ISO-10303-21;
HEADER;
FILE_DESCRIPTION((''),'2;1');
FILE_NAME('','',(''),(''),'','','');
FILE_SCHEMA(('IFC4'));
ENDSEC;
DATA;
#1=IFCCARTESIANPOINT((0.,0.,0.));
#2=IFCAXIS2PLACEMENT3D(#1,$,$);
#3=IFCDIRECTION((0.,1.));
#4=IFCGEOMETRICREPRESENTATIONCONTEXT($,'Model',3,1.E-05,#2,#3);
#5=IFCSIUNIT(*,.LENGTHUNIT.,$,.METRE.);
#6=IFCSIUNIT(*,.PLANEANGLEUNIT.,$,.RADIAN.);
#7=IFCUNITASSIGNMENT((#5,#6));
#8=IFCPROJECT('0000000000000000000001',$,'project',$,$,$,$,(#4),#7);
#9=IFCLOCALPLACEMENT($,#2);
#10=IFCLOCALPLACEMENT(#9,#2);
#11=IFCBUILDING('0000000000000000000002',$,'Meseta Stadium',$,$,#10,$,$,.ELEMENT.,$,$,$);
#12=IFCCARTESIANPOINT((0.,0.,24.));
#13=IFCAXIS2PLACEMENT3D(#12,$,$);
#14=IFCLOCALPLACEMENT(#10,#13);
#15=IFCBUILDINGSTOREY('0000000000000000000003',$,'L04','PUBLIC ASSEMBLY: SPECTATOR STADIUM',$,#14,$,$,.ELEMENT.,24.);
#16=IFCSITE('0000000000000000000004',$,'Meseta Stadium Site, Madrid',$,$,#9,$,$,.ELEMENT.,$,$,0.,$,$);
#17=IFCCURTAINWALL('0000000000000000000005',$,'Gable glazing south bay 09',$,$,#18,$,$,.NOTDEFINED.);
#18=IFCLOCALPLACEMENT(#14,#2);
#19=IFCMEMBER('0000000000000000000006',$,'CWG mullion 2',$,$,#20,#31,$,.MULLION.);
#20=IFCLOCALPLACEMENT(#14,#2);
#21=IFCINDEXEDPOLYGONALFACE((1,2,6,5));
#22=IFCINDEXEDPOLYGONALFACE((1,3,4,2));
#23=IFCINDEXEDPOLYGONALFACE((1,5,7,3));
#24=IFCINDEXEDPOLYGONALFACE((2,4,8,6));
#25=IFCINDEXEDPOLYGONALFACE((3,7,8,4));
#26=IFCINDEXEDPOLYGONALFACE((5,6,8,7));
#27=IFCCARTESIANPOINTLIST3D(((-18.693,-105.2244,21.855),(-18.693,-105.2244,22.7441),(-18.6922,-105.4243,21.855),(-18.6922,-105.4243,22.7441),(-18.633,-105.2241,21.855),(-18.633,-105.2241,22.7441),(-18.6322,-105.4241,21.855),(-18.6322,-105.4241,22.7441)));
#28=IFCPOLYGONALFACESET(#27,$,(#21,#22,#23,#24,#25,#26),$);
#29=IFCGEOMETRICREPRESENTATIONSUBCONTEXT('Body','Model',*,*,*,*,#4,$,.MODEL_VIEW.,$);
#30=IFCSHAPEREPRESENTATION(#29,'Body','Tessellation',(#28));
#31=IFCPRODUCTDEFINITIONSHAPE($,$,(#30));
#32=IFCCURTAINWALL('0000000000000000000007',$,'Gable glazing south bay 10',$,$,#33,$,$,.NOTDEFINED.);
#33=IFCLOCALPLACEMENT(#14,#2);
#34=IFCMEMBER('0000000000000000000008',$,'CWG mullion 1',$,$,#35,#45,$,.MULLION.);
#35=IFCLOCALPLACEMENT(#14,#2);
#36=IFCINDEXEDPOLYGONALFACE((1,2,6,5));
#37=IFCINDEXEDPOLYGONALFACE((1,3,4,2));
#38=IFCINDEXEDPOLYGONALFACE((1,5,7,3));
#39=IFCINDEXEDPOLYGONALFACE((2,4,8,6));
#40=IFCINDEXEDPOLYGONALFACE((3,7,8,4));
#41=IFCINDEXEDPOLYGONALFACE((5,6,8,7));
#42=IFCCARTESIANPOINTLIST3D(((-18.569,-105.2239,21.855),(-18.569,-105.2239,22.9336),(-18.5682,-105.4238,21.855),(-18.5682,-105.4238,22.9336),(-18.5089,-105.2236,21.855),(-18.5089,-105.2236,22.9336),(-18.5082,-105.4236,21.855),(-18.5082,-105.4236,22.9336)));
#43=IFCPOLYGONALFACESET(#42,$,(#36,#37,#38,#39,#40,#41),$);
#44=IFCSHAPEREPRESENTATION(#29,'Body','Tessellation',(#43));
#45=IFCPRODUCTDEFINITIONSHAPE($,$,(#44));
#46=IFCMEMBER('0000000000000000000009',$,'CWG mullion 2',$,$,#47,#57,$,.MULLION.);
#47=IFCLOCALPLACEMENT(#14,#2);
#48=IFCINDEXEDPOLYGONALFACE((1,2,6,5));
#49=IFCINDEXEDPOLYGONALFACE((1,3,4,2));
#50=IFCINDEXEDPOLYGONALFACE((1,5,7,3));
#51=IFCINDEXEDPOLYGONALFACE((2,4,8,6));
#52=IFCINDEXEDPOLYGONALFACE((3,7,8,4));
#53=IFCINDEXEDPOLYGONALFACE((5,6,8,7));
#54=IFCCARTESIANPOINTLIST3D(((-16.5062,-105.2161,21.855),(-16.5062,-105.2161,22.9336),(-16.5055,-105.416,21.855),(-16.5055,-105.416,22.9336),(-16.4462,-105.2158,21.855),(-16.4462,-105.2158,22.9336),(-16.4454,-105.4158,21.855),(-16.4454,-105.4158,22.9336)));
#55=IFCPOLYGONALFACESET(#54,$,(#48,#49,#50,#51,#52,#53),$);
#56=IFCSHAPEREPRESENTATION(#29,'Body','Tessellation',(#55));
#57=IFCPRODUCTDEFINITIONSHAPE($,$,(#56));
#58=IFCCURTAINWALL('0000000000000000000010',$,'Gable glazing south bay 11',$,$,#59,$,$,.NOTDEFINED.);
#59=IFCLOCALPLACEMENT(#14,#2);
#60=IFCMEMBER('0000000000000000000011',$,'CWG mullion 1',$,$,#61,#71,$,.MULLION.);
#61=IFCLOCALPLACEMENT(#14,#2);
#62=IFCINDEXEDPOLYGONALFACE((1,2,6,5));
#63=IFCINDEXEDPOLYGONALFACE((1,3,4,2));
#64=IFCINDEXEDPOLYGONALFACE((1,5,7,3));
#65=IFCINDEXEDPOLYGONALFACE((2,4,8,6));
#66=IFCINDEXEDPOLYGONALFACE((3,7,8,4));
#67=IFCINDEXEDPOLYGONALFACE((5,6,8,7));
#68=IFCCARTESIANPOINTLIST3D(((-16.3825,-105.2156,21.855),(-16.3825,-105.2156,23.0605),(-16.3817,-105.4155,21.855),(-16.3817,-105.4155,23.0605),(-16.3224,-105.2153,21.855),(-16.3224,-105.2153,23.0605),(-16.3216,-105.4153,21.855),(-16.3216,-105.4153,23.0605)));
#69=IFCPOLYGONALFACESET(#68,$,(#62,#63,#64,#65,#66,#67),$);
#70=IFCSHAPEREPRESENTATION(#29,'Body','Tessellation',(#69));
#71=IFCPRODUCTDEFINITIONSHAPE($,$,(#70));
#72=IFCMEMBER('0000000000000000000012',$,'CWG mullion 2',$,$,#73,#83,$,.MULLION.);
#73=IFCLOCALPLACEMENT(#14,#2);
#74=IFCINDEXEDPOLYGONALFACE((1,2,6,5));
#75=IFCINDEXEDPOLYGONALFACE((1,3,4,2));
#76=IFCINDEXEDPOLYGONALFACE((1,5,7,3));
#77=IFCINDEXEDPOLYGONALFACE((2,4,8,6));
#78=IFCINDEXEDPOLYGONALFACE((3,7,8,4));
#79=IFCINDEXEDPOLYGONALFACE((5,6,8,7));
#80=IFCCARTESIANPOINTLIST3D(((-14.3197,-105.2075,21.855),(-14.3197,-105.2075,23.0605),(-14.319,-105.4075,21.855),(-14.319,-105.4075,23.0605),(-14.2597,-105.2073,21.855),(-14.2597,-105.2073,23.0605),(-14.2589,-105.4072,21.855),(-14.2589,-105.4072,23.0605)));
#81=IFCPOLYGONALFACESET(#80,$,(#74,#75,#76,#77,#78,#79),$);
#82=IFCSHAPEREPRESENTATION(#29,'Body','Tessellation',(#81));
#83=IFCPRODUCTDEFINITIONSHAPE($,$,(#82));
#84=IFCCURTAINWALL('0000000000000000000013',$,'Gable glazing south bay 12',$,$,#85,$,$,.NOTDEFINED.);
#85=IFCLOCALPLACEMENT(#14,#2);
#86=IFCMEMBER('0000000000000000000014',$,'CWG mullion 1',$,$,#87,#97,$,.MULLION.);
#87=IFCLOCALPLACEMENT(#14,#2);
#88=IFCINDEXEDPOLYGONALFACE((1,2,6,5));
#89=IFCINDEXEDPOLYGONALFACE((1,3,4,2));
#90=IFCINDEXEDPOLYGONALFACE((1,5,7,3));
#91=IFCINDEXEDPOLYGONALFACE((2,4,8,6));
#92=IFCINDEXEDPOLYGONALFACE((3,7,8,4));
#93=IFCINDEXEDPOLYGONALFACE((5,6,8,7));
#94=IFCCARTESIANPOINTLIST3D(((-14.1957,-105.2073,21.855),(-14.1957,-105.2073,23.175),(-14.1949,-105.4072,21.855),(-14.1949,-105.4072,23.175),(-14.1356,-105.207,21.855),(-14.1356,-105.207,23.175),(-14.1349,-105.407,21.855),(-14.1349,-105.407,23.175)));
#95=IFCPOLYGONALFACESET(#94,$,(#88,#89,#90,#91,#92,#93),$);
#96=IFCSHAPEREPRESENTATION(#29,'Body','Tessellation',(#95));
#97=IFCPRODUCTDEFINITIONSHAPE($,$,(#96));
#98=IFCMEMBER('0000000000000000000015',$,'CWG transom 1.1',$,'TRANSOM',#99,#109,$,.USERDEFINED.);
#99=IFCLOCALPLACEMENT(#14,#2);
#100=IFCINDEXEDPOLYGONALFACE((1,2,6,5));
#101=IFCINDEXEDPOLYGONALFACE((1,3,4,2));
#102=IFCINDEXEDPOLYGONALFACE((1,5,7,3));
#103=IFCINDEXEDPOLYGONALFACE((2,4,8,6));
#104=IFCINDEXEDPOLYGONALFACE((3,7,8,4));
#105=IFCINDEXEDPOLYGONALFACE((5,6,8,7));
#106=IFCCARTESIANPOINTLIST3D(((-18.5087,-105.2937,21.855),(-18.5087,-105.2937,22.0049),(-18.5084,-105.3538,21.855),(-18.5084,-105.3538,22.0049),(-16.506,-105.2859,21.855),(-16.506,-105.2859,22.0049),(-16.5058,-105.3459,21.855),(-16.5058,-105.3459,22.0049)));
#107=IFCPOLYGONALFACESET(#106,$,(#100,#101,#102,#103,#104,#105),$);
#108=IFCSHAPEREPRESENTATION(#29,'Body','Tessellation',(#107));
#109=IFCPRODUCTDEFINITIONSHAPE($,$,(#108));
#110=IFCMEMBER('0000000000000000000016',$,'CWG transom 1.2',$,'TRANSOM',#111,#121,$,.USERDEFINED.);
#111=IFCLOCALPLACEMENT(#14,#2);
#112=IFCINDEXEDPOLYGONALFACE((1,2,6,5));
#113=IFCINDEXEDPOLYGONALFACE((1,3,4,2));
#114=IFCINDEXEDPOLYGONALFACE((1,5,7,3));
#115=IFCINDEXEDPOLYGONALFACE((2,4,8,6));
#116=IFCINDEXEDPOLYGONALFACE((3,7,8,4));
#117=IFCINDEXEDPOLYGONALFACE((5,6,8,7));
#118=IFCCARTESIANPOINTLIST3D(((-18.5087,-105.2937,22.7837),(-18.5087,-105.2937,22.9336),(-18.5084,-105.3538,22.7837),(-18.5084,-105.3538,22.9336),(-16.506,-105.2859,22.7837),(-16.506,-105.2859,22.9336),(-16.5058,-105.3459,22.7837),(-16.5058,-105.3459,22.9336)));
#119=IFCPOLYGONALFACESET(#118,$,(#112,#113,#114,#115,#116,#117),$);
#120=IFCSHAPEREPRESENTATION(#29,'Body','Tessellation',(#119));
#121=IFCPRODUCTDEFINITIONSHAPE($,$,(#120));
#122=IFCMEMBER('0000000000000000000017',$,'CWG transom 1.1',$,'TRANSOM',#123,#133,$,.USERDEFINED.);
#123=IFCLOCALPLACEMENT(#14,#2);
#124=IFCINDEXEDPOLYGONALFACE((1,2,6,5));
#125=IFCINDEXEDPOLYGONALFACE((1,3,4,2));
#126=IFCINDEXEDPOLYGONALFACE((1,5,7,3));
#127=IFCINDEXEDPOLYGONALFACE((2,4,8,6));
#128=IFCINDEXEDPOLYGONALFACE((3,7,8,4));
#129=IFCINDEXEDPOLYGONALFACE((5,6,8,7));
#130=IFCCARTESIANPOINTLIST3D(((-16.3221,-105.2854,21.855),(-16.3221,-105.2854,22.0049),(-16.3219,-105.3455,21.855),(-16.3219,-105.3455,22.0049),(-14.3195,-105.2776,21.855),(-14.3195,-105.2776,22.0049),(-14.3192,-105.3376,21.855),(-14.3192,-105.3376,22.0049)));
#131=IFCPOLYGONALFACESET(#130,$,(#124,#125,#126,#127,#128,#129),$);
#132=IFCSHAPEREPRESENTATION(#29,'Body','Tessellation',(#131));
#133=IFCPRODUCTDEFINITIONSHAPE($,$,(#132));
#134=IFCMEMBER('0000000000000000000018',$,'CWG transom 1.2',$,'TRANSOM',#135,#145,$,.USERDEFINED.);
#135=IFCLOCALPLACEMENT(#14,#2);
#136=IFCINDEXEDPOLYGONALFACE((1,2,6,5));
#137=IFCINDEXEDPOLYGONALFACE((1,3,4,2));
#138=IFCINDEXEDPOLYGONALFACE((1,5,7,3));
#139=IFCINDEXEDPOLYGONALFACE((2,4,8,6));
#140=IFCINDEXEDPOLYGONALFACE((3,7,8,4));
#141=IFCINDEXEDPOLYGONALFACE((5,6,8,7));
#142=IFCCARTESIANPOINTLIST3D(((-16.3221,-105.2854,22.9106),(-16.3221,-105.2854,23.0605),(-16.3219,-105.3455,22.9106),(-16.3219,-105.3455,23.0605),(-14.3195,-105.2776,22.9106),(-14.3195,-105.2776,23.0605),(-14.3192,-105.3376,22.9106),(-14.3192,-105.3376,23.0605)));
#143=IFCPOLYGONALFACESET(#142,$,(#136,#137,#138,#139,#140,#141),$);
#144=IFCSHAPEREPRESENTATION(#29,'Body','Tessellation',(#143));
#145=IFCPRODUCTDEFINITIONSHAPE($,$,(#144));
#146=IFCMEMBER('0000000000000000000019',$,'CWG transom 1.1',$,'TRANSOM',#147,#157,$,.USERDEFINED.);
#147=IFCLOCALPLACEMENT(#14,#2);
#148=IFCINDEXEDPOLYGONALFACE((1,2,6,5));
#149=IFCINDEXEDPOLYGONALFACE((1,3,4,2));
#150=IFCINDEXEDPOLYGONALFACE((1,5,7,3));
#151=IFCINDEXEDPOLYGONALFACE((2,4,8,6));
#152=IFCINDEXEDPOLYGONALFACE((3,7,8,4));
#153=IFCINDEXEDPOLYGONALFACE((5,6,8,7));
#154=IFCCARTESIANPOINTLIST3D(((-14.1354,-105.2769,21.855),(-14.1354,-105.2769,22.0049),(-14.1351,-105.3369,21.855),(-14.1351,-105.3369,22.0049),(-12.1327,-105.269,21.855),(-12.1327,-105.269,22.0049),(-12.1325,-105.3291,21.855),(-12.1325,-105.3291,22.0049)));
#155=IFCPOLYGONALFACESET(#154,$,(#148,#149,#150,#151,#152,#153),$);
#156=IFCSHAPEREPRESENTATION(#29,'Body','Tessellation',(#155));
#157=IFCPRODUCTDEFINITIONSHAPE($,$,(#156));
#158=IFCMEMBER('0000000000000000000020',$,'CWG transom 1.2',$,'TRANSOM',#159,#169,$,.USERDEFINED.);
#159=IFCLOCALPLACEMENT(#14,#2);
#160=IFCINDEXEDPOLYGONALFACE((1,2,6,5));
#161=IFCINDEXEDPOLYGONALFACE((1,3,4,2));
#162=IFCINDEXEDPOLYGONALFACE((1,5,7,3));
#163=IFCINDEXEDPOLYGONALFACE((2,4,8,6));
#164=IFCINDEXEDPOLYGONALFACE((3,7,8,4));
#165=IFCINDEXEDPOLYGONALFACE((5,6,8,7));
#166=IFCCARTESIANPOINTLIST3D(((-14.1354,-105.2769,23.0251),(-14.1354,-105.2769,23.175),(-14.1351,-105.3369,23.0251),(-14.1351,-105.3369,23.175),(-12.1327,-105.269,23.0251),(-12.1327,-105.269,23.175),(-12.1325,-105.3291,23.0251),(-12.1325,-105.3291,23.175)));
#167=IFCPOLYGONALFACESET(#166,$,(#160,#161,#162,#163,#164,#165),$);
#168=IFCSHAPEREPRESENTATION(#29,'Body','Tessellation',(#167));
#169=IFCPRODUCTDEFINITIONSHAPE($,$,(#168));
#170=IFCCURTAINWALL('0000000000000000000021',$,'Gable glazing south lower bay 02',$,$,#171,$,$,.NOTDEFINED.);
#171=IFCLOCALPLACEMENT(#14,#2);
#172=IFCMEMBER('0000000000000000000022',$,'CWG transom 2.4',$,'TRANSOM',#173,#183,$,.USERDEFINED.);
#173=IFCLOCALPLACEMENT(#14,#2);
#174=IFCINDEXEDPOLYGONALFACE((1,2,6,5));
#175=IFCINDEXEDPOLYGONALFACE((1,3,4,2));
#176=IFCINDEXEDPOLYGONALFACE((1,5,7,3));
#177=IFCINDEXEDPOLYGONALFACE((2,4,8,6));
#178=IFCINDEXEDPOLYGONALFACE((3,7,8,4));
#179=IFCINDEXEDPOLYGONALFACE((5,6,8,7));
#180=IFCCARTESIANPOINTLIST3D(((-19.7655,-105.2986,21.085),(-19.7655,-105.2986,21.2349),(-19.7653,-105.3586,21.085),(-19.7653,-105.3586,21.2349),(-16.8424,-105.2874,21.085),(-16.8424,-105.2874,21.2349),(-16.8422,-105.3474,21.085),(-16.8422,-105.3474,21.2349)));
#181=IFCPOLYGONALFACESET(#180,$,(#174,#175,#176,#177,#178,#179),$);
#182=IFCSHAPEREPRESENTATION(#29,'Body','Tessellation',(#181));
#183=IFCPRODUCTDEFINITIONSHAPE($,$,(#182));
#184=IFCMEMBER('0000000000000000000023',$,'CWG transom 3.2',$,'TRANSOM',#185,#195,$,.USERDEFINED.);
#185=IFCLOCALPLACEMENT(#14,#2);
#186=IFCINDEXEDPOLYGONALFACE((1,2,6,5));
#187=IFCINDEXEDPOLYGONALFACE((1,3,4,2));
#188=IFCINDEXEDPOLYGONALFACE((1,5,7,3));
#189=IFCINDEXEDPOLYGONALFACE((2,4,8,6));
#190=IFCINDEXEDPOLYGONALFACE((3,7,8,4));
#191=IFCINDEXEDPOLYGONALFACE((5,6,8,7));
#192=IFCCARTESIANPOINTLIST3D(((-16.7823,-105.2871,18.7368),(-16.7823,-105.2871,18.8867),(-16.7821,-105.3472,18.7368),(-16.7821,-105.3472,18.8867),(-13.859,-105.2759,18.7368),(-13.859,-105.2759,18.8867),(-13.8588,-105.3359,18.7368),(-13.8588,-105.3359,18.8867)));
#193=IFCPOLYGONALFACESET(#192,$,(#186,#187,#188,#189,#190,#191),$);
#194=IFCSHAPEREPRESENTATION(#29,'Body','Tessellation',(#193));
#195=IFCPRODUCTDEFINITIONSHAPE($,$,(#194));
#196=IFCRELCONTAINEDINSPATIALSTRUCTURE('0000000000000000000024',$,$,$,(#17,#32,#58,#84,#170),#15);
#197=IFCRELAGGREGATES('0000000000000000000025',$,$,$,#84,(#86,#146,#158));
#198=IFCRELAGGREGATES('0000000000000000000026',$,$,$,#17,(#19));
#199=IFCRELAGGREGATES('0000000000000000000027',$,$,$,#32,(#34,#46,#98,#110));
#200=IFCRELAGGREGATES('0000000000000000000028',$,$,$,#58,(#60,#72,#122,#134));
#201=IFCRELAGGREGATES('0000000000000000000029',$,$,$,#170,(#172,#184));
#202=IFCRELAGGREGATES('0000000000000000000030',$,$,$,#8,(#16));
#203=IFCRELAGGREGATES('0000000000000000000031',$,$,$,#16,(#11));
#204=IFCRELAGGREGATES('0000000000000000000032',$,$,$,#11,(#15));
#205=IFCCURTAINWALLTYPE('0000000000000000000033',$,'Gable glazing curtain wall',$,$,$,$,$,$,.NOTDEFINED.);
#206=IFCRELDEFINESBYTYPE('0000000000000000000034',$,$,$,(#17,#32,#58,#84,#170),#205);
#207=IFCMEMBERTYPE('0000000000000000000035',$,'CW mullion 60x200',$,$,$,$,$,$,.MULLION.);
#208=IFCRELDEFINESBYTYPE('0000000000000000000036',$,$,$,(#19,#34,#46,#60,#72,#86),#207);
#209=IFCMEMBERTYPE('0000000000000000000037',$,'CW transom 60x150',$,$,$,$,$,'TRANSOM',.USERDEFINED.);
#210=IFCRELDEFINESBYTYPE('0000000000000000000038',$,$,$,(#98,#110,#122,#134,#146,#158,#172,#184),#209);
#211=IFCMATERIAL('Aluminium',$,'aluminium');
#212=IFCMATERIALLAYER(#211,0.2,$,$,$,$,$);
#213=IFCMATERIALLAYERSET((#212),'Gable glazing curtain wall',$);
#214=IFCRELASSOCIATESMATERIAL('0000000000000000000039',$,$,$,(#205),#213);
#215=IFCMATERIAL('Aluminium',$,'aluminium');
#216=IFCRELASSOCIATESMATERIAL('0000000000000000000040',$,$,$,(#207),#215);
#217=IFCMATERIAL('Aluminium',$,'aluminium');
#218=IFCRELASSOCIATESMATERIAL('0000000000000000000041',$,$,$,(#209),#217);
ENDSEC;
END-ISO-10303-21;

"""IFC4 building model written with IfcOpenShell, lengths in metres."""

from ifc_helpers import new_model, si_unit, direction, frame, origin, origin_2d, place, context, subcontext, project, spatial, rectangle, extrude, material, layer, layer_set, material_profile, profile_set, type_object, element, aggregate, save


model = new_model("IFC4")

# Units and contexts
model_context = context("Model", 3, precision=1e-05, world=origin(), true_north=direction((0.0, 1.0)))
body_context = subcontext(model_context, "Body", "Model", "MODEL_VIEW")
ifc_project = project(units=[si_unit("LENGTHUNIT", "METRE"), si_unit("PLANEANGLEUNIT", "RADIAN")], contexts=[model_context])

# Site, building, storey
site_placement = place(None, origin())
site = spatial("IfcSite", under=ifc_project, at=site_placement, Name="Meseta Stadium Site, Madrid", CompositionType="ELEMENT", RefElevation=0.0)
building_placement = place(site_placement, origin())
building = spatial("IfcBuilding", under=site, at=building_placement, Name="Meseta Stadium", CompositionType="ELEMENT")
storey_placement = place(building_placement, frame((0.0, 0.0, 24.0)))
storey = spatial("IfcBuildingStorey", under=building, at=storey_placement, Name="L04", Description="PUBLIC ASSEMBLY: SPECTATOR STADIUM", CompositionType="ELEMENT", Elevation=24.0)

# Curtain wall, member
ifc_material_1 = material(Name="Aluminium", Category="aluminium")
ifc_layer_1 = layer(ifc_material_1, 0.2)
ifc_layer_set_1 = layer_set([ifc_layer_1], Name="Gable glazing curtain wall")
curtain_wall_type = type_object("IfcCurtainWallType", Name="Gable glazing curtain wall", PredefinedType="NOTDEFINED", material=ifc_layer_set_1)
curtain_wall_1_placement = place(storey_placement, origin())
curtain_wall_1 = element("IfcCurtainWall", 1, at=curtain_wall_1_placement, inside=storey, type_object=curtain_wall_type, Name="Gable glazing south bay 09", PredefinedType="NOTDEFINED")
ifc_material_2 = material(Name="Aluminium", Category="aluminium")
ifc_material_profile_1 = material_profile(ifc_material_2, rectangle(XDim=0.2, YDim=0.0601, at=origin_2d()), Name="CW 200x60")
ifc_profile_set_1 = profile_set([ifc_material_profile_1], Name="Aluminium")
member_type_1 = type_object("IfcMemberType", Name="CW mullion 60x200", PredefinedType="MULLION", material=ifc_profile_set_1)
member_1_placement = place(storey_placement, frame((-18.6626, -105.3242, 21.855), z_axis=(0.0, 0.0, 1.0), x_axis=(-0.003848, 0.999993, 0.0)))
member_1 = element("IfcMember", 2, at=member_1_placement, type_object=member_type_1, Name="CWG mullion 2", PredefinedType="MULLION", context=body_context, shape_type="SweptSolid", body=[
    extrude(rectangle(XDim=0.2, YDim=0.0601, at=origin_2d()), origin(), (0.0, 0.0, 1.0), 0.8892),
])

# Curtain walls, members
curtain_wall_2_placement = place(storey_placement, origin())
curtain_wall_2 = element("IfcCurtainWall", 3, at=curtain_wall_2_placement, inside=storey, type_object=curtain_wall_type, Name="Gable glazing south bay 10", PredefinedType="NOTDEFINED")
member_2_placement = place(storey_placement, frame((-18.5386, -105.3237, 21.855), z_axis=(0.0, 0.0, 1.0), x_axis=(-0.003848, 0.999993, 0.0)))
member_2 = element("IfcMember", 4, at=member_2_placement, type_object=member_type_1, Name="CWG mullion 1", PredefinedType="MULLION", context=body_context, shape_type="SweptSolid", body=[
    extrude(rectangle(XDim=0.2, YDim=0.0601, at=origin_2d()), origin(), (0.0, 0.0, 1.0), 1.0786),
])
member_3_placement = place(storey_placement, frame((-16.4758, -105.3159, 21.855), z_axis=(0.0, 0.0, 1.0), x_axis=(-0.003848, 0.999993, 0.0)))
member_3 = element("IfcMember", 5, at=member_3_placement, type_object=member_type_1, Name="CWG mullion 2", PredefinedType="MULLION", context=body_context, shape_type="SweptSolid", body=[
    extrude(rectangle(XDim=0.2, YDim=0.0601, at=origin_2d()), origin(), (0.0, 0.0, 1.0), 1.0786),
])
curtain_wall_3_placement = place(storey_placement, origin())
curtain_wall_3 = element("IfcCurtainWall", 6, at=curtain_wall_3_placement, inside=storey, type_object=curtain_wall_type, Name="Gable glazing south bay 11", PredefinedType="NOTDEFINED")
member_4_placement = place(storey_placement, frame((-16.3521, -105.3154, 21.855), z_axis=(0.0, 0.0, 1.0), x_axis=(-0.003848, 0.999993, 0.0)))
member_4 = element("IfcMember", 7, at=member_4_placement, type_object=member_type_1, Name="CWG mullion 1", PredefinedType="MULLION", context=body_context, shape_type="SweptSolid", body=[
    extrude(rectangle(XDim=0.2, YDim=0.0601, at=origin_2d()), origin(), (0.0, 0.0, 1.0), 1.2056),
])
member_5_placement = place(storey_placement, frame((-14.2893, -105.3074, 21.855), z_axis=(0.0, 0.0, 1.0), x_axis=(-0.003848, 0.999993, 0.0)))
member_5 = element("IfcMember", 8, at=member_5_placement, type_object=member_type_1, Name="CWG mullion 2", PredefinedType="MULLION", context=body_context, shape_type="SweptSolid", body=[
    extrude(rectangle(XDim=0.2, YDim=0.0601, at=origin_2d()), origin(), (0.0, 0.0, 1.0), 1.2056),
])

# Curtain wall, member
curtain_wall_4_placement = place(storey_placement, origin())
curtain_wall_4 = element("IfcCurtainWall", 9, at=curtain_wall_4_placement, inside=storey, type_object=curtain_wall_type, Name="Gable glazing south bay 12", PredefinedType="NOTDEFINED")
member_6_placement = place(storey_placement, frame((-14.1653, -105.3071, 21.855), z_axis=(0.0, 0.0, 1.0), x_axis=(-0.003848, 0.999993, 0.0)))
member_6 = element("IfcMember", 10, at=member_6_placement, type_object=member_type_1, Name="CWG mullion 1", PredefinedType="MULLION", context=body_context, shape_type="SweptSolid", body=[
    extrude(rectangle(XDim=0.2, YDim=0.0601, at=origin_2d()), origin(), (0.0, 0.0, 1.0), 1.3201),
])

# Members
ifc_material_3 = material(Name="Aluminium", Category="aluminium")
ifc_material_profile_2 = material_profile(ifc_material_3, rectangle(XDim=0.0601, YDim=0.1499, at=origin_2d()), Name="CW 60x150")
ifc_profile_set_2 = profile_set([ifc_material_profile_2], Name="Aluminium")
member_type_2 = type_object("IfcMemberType", Name="CW transom 60x150", ElementType="TRANSOM", PredefinedType="USERDEFINED", material=ifc_profile_set_2)
member_7_placement = place(storey_placement, frame((-18.5085, -105.3237, 21.9299), z_axis=(0.999992, 0.003901, 0.0), x_axis=(-0.003901, 0.999992, 0.0)))
member_7 = element("IfcMember", 11, at=member_7_placement, type_object=member_type_2, Name="CWG transom 1.1", ObjectType="TRANSOM", PredefinedType="USERDEFINED", context=body_context, shape_type="SweptSolid", body=[
    extrude(rectangle(XDim=0.0601, YDim=0.1499, at=origin_2d()), origin(), (0.0, 0.0, 1.0), 2.0027),
])
member_8_placement = place(storey_placement, frame((-18.5085, -105.3237, 22.8586), z_axis=(0.999992, 0.003901, 0.0), x_axis=(-0.003901, 0.999992, 0.0)))
member_8 = element("IfcMember", 12, at=member_8_placement, type_object=member_type_2, Name="CWG transom 1.2", ObjectType="TRANSOM", PredefinedType="USERDEFINED", context=body_context, shape_type="SweptSolid", body=[
    extrude(rectangle(XDim=0.0601, YDim=0.1499, at=origin_2d()), origin(), (0.0, 0.0, 1.0), 2.0027),
])
member_9_placement = place(storey_placement, frame((-16.322, -105.3154, 21.9299), z_axis=(0.999992, 0.003901, 0.0), x_axis=(-0.003901, 0.999992, 0.0)))
member_9 = element("IfcMember", 13, at=member_9_placement, type_object=member_type_2, Name="CWG transom 1.1", ObjectType="TRANSOM", PredefinedType="USERDEFINED", context=body_context, shape_type="SweptSolid", body=[
    extrude(rectangle(XDim=0.0601, YDim=0.1499, at=origin_2d()), origin(), (0.0, 0.0, 1.0), 2.0027),
])
member_10_placement = place(storey_placement, frame((-16.322, -105.3154, 22.9856), z_axis=(0.999992, 0.003901, 0.0), x_axis=(-0.003901, 0.999992, 0.0)))
member_10 = element("IfcMember", 14, at=member_10_placement, type_object=member_type_2, Name="CWG transom 1.2", ObjectType="TRANSOM", PredefinedType="USERDEFINED", context=body_context, shape_type="SweptSolid", body=[
    extrude(rectangle(XDim=0.0601, YDim=0.1499, at=origin_2d()), origin(), (0.0, 0.0, 1.0), 2.0027),
])
member_11_placement = place(storey_placement, frame((-14.1353, -105.3069, 21.9299), z_axis=(0.999992, 0.003901, 0.0), x_axis=(-0.003901, 0.999992, 0.0)))
member_11 = element("IfcMember", 15, at=member_11_placement, type_object=member_type_2, Name="CWG transom 1.1", ObjectType="TRANSOM", PredefinedType="USERDEFINED", context=body_context, shape_type="SweptSolid", body=[
    extrude(rectangle(XDim=0.0601, YDim=0.1499, at=origin_2d()), origin(), (0.0, 0.0, 1.0), 2.0027),
])
member_12_placement = place(storey_placement, frame((-14.1353, -105.3069, 23.1001), z_axis=(0.999992, 0.003901, 0.0), x_axis=(-0.003901, 0.999992, 0.0)))
member_12 = element("IfcMember", 16, at=member_12_placement, type_object=member_type_2, Name="CWG transom 1.2", ObjectType="TRANSOM", PredefinedType="USERDEFINED", context=body_context, shape_type="SweptSolid", body=[
    extrude(rectangle(XDim=0.0601, YDim=0.1499, at=origin_2d()), origin(), (0.0, 0.0, 1.0), 2.0027),
])
aggregate(curtain_wall_4, [member_6, member_11, member_12])

# Curtain wall, members
curtain_wall_5_placement = place(storey_placement, origin())
curtain_wall_5 = element("IfcCurtainWall", 17, at=curtain_wall_5_placement, inside=storey, type_object=curtain_wall_type, Name="Gable glazing south lower bay 02", PredefinedType="NOTDEFINED")
member_13_placement = place(storey_placement, frame((-19.7654, -105.3286, 21.1599), z_axis=(0.999993, 0.003842, 0.0), x_axis=(-0.003842, 0.999993, 0.0)))
member_13 = element("IfcMember", 18, at=member_13_placement, type_object=member_type_2, Name="CWG transom 2.4", ObjectType="TRANSOM", PredefinedType="USERDEFINED", context=body_context, shape_type="SweptSolid", body=[
    extrude(rectangle(XDim=0.0601, YDim=0.1499, at=origin_2d()), origin(), (0.0, 0.0, 1.0), 2.9231),
])
member_14_placement = place(storey_placement, frame((-16.7822, -105.3171, 18.8118), z_axis=(0.999993, 0.003842, 0.0), x_axis=(-0.003842, 0.999993, 0.0)))
member_14 = element("IfcMember", 19, at=member_14_placement, type_object=member_type_2, Name="CWG transom 3.2", ObjectType="TRANSOM", PredefinedType="USERDEFINED", context=body_context, shape_type="SweptSolid", body=[
    extrude(rectangle(XDim=0.0601, YDim=0.1499, at=origin_2d()), origin(), (0.0, 0.0, 1.0), 2.9233),
])

aggregate(curtain_wall_1, [member_1])
aggregate(curtain_wall_2, [member_2, member_3, member_7, member_8])
aggregate(curtain_wall_3, [member_4, member_5, member_9, member_10])
aggregate(curtain_wall_5, [member_13, member_14])

save(model, "model.ifc")
